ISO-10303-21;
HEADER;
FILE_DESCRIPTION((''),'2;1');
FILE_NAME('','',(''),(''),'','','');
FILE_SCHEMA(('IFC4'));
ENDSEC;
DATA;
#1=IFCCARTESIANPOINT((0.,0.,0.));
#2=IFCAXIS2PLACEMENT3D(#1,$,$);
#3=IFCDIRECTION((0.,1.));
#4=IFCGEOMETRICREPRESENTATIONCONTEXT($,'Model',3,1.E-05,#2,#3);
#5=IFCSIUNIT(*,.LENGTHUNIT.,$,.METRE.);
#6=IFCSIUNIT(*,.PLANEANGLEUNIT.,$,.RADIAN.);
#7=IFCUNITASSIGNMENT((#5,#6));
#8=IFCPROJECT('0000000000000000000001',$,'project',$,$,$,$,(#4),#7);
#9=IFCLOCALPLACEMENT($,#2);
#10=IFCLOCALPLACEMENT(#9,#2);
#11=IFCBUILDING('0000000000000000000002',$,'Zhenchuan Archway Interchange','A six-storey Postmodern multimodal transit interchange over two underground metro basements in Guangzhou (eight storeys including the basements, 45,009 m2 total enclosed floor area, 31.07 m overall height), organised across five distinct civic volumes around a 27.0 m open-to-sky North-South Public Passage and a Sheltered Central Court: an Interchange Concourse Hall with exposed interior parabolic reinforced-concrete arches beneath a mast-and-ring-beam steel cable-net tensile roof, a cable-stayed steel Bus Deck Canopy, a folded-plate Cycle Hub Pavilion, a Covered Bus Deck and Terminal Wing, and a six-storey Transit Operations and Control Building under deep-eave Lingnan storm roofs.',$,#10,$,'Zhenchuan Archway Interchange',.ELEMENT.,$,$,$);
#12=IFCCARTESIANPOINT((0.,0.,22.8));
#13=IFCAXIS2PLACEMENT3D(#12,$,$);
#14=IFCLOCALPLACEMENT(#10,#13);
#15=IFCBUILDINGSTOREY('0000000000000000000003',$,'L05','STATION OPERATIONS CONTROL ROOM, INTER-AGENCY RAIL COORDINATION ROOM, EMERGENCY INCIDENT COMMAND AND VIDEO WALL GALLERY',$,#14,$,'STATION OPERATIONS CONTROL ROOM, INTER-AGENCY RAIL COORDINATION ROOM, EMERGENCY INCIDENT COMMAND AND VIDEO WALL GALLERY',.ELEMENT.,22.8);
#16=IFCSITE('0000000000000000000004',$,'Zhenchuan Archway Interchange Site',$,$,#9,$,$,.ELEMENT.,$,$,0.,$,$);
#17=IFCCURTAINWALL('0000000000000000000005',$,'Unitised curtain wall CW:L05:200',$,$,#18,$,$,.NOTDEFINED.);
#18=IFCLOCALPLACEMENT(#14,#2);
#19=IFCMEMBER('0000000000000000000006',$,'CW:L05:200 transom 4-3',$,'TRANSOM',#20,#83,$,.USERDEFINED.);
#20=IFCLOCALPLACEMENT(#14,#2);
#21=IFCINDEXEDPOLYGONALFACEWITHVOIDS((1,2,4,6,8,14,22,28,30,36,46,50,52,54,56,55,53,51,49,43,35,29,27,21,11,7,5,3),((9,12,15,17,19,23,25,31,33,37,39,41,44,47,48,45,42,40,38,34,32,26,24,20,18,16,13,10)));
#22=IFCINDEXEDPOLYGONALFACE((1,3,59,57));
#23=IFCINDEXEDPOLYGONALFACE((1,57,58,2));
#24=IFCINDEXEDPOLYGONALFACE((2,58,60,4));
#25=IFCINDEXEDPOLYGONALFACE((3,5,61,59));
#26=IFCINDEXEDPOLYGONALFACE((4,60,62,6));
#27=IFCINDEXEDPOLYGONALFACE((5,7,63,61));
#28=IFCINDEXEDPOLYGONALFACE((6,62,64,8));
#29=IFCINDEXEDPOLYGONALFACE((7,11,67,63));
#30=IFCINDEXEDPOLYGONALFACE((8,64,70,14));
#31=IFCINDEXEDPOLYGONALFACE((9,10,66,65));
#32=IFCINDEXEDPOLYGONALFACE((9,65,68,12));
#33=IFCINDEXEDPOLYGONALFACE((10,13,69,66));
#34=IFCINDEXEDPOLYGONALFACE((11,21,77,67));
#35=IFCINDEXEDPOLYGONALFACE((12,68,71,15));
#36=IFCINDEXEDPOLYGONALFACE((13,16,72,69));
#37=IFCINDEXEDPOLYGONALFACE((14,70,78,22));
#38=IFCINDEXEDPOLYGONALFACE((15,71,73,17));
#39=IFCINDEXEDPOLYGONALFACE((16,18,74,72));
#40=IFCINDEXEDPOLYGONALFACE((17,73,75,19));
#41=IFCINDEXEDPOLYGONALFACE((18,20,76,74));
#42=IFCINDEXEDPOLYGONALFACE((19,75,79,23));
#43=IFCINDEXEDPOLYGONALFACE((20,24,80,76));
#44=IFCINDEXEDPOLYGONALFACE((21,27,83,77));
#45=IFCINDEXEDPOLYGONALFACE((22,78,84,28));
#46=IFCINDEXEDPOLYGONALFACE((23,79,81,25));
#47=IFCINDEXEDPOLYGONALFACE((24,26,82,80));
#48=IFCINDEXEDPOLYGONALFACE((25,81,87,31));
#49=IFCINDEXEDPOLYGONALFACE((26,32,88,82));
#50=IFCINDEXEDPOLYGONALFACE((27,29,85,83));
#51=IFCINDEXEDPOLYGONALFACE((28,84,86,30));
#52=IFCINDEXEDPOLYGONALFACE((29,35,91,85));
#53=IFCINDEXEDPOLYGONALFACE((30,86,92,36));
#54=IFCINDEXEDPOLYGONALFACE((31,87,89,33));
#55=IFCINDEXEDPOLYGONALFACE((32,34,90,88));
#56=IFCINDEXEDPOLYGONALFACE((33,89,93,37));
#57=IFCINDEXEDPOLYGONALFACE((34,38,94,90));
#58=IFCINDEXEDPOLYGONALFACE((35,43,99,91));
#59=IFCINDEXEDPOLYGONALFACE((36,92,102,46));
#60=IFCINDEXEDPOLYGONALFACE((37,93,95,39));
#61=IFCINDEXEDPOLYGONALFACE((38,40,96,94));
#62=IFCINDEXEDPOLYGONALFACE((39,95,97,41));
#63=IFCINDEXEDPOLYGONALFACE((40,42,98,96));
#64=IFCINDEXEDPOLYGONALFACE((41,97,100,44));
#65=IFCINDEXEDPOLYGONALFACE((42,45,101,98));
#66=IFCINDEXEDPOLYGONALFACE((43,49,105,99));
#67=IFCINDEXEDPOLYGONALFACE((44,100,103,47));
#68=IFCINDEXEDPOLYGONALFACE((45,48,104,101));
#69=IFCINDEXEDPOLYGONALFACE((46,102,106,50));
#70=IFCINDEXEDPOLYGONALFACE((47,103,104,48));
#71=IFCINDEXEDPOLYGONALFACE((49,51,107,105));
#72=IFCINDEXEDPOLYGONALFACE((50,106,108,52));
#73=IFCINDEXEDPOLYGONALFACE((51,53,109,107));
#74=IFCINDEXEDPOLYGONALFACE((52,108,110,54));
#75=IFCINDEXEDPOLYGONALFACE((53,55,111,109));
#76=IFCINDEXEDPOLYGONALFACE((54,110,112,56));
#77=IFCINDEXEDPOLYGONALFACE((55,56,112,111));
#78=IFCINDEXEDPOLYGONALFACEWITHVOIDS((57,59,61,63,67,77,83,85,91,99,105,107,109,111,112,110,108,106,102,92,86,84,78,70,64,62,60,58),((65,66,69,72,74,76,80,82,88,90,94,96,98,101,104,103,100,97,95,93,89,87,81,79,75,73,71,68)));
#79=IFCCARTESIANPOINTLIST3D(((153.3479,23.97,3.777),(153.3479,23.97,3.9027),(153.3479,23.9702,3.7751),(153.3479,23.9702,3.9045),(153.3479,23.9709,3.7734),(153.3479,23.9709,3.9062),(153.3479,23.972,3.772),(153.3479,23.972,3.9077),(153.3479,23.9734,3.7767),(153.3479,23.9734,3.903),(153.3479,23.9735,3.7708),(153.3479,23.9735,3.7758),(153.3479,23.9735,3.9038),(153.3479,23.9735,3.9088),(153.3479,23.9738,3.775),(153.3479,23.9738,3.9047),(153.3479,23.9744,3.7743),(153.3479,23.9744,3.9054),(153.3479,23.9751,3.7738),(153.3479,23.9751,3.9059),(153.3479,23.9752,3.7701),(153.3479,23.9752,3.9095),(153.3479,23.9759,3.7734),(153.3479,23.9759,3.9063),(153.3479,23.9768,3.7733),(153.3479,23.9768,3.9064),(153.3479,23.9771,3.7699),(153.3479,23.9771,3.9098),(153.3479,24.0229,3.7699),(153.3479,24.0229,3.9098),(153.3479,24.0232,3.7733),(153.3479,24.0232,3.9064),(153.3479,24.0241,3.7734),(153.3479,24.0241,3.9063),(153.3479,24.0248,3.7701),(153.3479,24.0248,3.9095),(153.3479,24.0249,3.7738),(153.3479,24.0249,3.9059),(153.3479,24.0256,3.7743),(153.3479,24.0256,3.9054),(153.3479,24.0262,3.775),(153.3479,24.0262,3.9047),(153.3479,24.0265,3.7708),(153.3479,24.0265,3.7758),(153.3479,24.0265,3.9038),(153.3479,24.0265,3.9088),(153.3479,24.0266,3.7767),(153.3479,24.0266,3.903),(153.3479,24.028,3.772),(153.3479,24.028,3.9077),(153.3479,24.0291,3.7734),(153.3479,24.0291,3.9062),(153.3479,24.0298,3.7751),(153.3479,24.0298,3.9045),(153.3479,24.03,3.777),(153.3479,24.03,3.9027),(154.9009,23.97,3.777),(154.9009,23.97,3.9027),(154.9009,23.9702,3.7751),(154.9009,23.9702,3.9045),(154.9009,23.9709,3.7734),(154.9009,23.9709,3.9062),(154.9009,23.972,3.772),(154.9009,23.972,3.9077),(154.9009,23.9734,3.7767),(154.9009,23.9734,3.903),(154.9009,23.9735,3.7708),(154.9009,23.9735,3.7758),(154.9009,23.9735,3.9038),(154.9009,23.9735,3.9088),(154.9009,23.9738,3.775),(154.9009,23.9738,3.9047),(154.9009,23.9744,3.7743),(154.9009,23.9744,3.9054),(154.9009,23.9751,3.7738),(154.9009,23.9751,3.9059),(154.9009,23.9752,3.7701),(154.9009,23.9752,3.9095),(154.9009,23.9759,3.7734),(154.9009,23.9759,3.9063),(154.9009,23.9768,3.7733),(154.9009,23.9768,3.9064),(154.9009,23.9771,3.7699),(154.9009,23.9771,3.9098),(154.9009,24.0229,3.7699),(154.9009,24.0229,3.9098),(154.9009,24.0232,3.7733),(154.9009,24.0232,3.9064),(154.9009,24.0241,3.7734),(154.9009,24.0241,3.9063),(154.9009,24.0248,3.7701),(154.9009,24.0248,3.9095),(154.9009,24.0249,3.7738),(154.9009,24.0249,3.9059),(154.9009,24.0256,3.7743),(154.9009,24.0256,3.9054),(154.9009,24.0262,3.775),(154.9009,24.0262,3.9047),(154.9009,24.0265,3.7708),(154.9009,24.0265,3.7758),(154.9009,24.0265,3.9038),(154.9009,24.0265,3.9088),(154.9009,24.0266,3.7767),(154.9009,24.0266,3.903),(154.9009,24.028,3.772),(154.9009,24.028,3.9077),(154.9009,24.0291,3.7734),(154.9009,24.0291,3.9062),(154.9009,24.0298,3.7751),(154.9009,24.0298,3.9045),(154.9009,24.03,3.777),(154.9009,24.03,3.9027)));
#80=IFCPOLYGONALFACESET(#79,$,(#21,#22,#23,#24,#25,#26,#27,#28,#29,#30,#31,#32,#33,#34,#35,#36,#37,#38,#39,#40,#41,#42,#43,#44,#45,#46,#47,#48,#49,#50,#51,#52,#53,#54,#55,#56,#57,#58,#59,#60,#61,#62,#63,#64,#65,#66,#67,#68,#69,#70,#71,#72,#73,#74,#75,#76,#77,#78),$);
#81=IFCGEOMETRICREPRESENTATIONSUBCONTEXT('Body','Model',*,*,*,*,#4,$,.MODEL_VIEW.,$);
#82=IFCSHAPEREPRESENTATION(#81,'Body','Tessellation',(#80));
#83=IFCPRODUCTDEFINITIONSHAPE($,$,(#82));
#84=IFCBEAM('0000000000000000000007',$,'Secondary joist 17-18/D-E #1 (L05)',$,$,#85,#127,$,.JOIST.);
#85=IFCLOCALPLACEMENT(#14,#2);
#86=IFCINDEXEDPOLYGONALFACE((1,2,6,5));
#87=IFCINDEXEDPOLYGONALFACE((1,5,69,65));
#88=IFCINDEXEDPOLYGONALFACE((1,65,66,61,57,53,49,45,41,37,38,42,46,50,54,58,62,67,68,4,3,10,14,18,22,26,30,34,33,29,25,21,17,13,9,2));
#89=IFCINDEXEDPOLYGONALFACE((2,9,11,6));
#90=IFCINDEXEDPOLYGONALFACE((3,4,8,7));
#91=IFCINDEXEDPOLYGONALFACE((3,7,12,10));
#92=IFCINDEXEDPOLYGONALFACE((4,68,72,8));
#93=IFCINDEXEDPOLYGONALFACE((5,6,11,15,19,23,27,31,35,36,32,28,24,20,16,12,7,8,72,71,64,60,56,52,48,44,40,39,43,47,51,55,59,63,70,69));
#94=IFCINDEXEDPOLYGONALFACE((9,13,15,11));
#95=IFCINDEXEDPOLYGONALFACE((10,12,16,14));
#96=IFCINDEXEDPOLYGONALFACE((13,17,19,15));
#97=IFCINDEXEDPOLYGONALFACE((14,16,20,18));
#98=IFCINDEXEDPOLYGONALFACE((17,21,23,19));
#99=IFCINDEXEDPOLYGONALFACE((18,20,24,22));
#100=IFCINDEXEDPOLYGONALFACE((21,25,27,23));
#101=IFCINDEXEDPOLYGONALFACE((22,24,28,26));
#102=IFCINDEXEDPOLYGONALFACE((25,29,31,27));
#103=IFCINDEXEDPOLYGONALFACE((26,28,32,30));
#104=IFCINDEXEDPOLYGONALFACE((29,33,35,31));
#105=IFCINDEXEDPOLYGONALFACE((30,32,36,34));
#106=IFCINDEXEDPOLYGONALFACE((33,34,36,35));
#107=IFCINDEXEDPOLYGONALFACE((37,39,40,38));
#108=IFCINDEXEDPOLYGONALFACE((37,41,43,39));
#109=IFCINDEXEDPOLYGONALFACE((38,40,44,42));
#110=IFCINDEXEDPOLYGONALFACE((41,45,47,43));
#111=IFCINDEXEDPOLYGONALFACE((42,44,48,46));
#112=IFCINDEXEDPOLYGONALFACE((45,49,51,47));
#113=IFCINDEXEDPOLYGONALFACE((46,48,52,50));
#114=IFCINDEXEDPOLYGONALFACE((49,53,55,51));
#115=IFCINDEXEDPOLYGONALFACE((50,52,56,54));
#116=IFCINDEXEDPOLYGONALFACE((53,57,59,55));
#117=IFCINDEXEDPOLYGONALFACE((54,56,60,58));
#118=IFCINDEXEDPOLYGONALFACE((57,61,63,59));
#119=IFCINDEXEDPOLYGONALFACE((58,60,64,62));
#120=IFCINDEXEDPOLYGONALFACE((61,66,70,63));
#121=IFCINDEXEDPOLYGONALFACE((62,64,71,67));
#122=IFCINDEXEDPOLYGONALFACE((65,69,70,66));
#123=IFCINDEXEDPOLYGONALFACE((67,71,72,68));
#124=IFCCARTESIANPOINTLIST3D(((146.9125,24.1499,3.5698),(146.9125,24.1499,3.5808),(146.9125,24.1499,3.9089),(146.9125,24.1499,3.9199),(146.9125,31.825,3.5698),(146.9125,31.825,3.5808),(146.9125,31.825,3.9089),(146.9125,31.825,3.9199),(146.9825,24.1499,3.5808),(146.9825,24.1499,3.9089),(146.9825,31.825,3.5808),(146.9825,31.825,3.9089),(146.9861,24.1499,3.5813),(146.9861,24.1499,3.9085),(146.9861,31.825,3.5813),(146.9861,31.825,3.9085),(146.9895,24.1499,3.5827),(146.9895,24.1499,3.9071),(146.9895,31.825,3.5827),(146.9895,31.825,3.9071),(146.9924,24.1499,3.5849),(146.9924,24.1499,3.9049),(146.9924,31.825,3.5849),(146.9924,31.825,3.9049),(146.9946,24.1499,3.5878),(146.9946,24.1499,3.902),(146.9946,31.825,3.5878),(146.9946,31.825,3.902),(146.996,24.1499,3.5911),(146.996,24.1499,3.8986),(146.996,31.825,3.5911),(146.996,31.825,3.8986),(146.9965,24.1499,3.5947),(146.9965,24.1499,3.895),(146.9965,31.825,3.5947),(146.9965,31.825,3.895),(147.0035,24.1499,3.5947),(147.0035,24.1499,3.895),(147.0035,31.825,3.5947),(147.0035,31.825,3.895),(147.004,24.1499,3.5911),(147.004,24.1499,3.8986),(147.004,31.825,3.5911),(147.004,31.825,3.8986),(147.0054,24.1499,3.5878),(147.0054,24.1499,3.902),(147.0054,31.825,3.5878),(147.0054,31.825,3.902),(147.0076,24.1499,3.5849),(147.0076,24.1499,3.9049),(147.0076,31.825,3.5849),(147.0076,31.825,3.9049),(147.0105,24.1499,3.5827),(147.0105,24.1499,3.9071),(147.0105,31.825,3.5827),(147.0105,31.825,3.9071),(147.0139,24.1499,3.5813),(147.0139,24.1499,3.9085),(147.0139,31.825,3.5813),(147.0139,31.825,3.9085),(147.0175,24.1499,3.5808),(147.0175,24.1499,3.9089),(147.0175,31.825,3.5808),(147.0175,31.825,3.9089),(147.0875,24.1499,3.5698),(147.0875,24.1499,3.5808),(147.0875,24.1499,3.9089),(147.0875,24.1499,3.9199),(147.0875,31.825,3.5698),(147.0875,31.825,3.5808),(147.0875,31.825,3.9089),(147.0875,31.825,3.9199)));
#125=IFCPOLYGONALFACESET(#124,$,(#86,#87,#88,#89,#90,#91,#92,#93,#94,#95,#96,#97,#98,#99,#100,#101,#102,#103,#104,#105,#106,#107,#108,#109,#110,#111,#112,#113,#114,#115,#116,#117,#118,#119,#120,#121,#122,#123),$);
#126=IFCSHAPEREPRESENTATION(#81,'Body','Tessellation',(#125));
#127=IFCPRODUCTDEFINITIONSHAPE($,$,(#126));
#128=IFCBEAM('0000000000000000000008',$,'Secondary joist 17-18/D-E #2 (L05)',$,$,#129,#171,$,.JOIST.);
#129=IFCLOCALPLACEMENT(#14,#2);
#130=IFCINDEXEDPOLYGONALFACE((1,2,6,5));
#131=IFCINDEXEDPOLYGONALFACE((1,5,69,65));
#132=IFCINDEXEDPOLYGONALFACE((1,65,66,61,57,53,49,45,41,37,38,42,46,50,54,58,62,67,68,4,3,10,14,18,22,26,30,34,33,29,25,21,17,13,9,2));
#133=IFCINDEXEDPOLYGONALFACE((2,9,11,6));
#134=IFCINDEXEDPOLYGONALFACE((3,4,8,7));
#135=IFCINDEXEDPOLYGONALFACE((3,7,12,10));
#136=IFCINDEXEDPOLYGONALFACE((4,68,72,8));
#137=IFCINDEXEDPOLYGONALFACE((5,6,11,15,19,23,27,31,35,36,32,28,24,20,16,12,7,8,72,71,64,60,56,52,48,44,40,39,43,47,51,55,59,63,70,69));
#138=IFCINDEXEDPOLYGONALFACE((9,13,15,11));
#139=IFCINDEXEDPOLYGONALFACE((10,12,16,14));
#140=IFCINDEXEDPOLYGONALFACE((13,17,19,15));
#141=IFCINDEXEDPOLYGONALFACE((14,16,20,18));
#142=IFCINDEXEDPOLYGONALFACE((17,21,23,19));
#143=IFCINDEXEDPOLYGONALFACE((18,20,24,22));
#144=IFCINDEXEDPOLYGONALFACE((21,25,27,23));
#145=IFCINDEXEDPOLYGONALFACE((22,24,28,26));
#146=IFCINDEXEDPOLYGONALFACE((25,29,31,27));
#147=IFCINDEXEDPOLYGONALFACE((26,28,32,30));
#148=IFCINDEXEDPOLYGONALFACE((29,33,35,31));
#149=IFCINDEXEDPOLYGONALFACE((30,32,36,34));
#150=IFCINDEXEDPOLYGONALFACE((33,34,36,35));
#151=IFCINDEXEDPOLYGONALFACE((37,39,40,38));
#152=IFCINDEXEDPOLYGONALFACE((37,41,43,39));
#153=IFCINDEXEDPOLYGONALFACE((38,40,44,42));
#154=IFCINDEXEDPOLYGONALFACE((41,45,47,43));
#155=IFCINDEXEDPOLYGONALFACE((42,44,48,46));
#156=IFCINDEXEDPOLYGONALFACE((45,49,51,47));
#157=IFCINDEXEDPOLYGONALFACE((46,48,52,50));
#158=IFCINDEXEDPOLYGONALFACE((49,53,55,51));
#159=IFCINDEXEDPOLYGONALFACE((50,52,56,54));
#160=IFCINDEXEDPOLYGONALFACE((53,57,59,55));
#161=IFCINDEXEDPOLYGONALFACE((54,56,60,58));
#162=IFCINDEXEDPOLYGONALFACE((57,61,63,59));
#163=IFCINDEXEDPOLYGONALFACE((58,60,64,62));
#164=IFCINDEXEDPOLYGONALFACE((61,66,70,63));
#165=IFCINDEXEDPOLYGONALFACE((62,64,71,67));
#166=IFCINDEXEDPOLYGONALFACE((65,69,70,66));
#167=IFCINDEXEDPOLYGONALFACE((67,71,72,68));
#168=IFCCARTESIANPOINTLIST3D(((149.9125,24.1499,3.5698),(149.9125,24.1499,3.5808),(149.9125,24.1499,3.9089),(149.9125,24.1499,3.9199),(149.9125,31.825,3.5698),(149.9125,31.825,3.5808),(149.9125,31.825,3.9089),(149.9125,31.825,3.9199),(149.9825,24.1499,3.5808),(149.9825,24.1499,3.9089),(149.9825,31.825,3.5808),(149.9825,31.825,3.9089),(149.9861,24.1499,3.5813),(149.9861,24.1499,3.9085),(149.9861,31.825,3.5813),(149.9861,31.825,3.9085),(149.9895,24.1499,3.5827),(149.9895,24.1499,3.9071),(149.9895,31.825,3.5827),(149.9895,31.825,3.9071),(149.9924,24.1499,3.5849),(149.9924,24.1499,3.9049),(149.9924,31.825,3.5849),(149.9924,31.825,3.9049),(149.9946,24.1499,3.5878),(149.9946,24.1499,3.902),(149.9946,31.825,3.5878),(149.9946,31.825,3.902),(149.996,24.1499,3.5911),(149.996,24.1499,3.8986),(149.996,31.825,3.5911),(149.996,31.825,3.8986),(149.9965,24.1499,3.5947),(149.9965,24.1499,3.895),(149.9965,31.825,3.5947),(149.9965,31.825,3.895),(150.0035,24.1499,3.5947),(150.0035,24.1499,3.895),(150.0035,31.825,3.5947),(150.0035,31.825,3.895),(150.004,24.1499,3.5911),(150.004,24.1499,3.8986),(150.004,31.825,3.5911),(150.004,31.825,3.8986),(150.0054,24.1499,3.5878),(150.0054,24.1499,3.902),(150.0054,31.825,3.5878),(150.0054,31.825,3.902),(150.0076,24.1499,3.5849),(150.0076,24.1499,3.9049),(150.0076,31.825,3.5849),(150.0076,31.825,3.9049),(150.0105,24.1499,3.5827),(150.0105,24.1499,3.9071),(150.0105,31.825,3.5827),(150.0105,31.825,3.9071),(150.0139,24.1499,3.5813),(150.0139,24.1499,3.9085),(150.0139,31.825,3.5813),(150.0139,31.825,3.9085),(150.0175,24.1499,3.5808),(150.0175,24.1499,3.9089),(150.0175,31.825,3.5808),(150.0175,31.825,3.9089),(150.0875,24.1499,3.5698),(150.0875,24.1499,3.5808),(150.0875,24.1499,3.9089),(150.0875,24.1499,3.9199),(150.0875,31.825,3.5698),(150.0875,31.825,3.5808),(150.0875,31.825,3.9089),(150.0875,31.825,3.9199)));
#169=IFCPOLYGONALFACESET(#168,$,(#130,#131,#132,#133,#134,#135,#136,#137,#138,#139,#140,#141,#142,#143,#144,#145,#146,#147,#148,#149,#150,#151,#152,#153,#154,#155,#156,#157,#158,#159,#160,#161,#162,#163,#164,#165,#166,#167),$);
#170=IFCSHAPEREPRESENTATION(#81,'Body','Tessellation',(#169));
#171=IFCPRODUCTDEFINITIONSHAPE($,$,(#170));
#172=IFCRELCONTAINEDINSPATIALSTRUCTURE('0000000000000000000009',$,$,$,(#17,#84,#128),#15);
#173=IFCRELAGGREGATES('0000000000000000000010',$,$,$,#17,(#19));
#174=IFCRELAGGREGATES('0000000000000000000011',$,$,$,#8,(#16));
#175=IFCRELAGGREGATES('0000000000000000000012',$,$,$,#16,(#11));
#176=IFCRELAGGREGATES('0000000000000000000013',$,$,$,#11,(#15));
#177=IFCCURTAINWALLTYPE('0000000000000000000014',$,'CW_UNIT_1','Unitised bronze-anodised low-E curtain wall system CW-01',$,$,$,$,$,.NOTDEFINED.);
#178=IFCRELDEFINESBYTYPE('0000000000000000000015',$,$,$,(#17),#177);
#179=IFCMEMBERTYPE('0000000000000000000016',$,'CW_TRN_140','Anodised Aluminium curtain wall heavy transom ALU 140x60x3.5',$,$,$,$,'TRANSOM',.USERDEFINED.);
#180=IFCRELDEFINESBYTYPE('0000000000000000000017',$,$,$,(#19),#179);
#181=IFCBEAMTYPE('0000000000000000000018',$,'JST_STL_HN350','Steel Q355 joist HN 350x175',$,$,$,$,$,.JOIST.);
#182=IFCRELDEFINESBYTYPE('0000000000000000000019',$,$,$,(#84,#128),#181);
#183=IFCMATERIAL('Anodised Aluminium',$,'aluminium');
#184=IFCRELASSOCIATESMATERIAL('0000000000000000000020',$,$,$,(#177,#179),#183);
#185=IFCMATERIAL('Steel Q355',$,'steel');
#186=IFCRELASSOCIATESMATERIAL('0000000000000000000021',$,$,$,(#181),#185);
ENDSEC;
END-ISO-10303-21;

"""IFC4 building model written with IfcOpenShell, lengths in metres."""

from ifc_helpers import new_model, si_unit, direction, frame, origin, origin_2d, place, context, subcontext, project, spatial, hollow_rectangle, i_section, extrude, material, material_profile, profile_set, type_object, element, aggregate, save


model = new_model("IFC4")

# Units and contexts
model_context = context("Model", 3, precision=1e-05, world=origin(), true_north=direction((0.0, 1.0)))
body_context = subcontext(model_context, "Body", "Model", "MODEL_VIEW")
ifc_project = project(units=[si_unit("LENGTHUNIT", "METRE"), si_unit("PLANEANGLEUNIT", "RADIAN")], contexts=[model_context])

# Site, building, storey
site_placement = place(None, origin())
site = spatial("IfcSite", under=ifc_project, at=site_placement, Name="Zhenchuan Archway Interchange Site", CompositionType="ELEMENT", RefElevation=0.0)
building_placement = place(site_placement, origin())
building = spatial("IfcBuilding", under=site, at=building_placement, Name="Zhenchuan Archway Interchange", Description="A six-storey Postmodern multimodal transit interchange over two underground metro basements in Guangzhou (eight storeys including the basements, 45,009 m2 total enclosed floor area, 31.07 m overall height), organised across five distinct civic volumes around a 27.0 m open-to-sky North-South Public Passage and a Sheltered Central Court: an Interchange Concourse Hall with exposed interior parabolic reinforced-concrete arches beneath a mast-and-ring-beam steel cable-net tensile roof, a cable-stayed steel Bus Deck Canopy, a folded-plate Cycle Hub Pavilion, a Covered Bus Deck and Terminal Wing, and a six-storey Transit Operations and Control Building under deep-eave Lingnan storm roofs.", LongName="Zhenchuan Archway Interchange", CompositionType="ELEMENT")
storey_placement = place(building_placement, frame((0.0, 0.0, 22.8)))
storey = spatial("IfcBuildingStorey", under=building, at=storey_placement, Name="L05", Description="STATION OPERATIONS CONTROL ROOM, INTER-AGENCY RAIL COORDINATION ROOM, EMERGENCY INCIDENT COMMAND AND VIDEO WALL GALLERY", LongName="STATION OPERATIONS CONTROL ROOM, INTER-AGENCY RAIL COORDINATION ROOM, EMERGENCY INCIDENT COMMAND AND VIDEO WALL GALLERY", CompositionType="ELEMENT", Elevation=22.8)

# Shared definitions
ifc_material_1 = material(Name="Steel Q355", Category="steel")

# Curtain wall, member
ifc_material_2 = material(Name="Anodised Aluminium", Category="aluminium")
curtain_wall_type = type_object("IfcCurtainWallType", Name="CW_UNIT_1", Description="Unitised bronze-anodised low-E curtain wall system CW-01", PredefinedType="NOTDEFINED", material=ifc_material_2)
curtain_wall_placement = place(storey_placement, origin())
curtain_wall = element("IfcCurtainWall", 1, at=curtain_wall_placement, inside=storey, type_object=curtain_wall_type, Name="Unitised curtain wall CW:L05:200", PredefinedType="NOTDEFINED")
ifc_material_profile_1 = material_profile(ifc_material_2, hollow_rectangle(XDim=0.0601, YDim=0.1399, WallThickness=0.0034, InnerFilletRadius=0.0034, OuterFilletRadius=0.0071, at=origin_2d()), Name="ALU 140x60x3.5")
ifc_profile_set_1 = profile_set([ifc_material_profile_1], Name="Anodised Aluminium")
member_type_1 = type_object("IfcMemberType", Name="CW_TRN_140", Description="Anodised Aluminium curtain wall heavy transom ALU 140x60x3.5", ElementType="TRANSOM", PredefinedType="USERDEFINED", material=ifc_profile_set_1)
member_1_placement = place(storey_placement, frame((154.9009, 24.0, 3.8398), z_axis=(-1.0, 0.0, 0.0), x_axis=(0.0, -1.0, 0.0)))
member_1 = element("IfcMember", 2, at=member_1_placement, type_object=member_type_1, Name="CW:L05:200 transom 4-3", ObjectType="TRANSOM", PredefinedType="USERDEFINED", context=body_context, shape_type="SweptSolid", body=[
    extrude(hollow_rectangle(XDim=0.0601, YDim=0.1399, WallThickness=0.0034, InnerFilletRadius=0.0034, OuterFilletRadius=0.0071, at=origin_2d()), origin(), (0.0, 0.0, 1.0), 1.553),
])

# Beams
ifc_material_profile_2 = material_profile(ifc_material_1, i_section(OverallWidth=0.175, OverallDepth=0.3501, WebThickness=0.0071, FlangeThickness=0.011, FilletRadius=0.0139, at=origin_2d()), Name="HN 350x175")
ifc_profile_set_2 = profile_set([ifc_material_profile_2], Name="Steel Q355")
beam_type_1 = type_object("IfcBeamType", Name="JST_STL_HN350", Description="Steel Q355 joist HN 350x175", PredefinedType="JOIST", material=ifc_profile_set_2)
for number, where, z_axis, x_axis, name in (
    (3, (147.0, 24.1499, 3.7449), (0.0, 1.0, 0.0), (-1.0, 0.0, 0.0), "Secondary joist 17-18/D-E #1 (L05)"),
    (4, (150.0, 24.1499, 3.7449), (0.0, 1.0, 0.0), (-1.0, 0.0, 0.0), "Secondary joist 17-18/D-E #2 (L05)"),
):
    element("IfcBeam", number, at=place(storey_placement, frame(where, z_axis=z_axis, x_axis=x_axis)), inside=storey, type_object=beam_type_1, Name=name, PredefinedType="JOIST", context=body_context, shape_type="SweptSolid", body=[
        extrude(i_section(OverallWidth=0.175, OverallDepth=0.3501, WebThickness=0.0071, FlangeThickness=0.011, FilletRadius=0.0139, at=origin_2d()), origin(), (0.0, 0.0, 1.0), 7.675),
    ])

aggregate(curtain_wall, [member_1])

save(model, "model.ifc")
